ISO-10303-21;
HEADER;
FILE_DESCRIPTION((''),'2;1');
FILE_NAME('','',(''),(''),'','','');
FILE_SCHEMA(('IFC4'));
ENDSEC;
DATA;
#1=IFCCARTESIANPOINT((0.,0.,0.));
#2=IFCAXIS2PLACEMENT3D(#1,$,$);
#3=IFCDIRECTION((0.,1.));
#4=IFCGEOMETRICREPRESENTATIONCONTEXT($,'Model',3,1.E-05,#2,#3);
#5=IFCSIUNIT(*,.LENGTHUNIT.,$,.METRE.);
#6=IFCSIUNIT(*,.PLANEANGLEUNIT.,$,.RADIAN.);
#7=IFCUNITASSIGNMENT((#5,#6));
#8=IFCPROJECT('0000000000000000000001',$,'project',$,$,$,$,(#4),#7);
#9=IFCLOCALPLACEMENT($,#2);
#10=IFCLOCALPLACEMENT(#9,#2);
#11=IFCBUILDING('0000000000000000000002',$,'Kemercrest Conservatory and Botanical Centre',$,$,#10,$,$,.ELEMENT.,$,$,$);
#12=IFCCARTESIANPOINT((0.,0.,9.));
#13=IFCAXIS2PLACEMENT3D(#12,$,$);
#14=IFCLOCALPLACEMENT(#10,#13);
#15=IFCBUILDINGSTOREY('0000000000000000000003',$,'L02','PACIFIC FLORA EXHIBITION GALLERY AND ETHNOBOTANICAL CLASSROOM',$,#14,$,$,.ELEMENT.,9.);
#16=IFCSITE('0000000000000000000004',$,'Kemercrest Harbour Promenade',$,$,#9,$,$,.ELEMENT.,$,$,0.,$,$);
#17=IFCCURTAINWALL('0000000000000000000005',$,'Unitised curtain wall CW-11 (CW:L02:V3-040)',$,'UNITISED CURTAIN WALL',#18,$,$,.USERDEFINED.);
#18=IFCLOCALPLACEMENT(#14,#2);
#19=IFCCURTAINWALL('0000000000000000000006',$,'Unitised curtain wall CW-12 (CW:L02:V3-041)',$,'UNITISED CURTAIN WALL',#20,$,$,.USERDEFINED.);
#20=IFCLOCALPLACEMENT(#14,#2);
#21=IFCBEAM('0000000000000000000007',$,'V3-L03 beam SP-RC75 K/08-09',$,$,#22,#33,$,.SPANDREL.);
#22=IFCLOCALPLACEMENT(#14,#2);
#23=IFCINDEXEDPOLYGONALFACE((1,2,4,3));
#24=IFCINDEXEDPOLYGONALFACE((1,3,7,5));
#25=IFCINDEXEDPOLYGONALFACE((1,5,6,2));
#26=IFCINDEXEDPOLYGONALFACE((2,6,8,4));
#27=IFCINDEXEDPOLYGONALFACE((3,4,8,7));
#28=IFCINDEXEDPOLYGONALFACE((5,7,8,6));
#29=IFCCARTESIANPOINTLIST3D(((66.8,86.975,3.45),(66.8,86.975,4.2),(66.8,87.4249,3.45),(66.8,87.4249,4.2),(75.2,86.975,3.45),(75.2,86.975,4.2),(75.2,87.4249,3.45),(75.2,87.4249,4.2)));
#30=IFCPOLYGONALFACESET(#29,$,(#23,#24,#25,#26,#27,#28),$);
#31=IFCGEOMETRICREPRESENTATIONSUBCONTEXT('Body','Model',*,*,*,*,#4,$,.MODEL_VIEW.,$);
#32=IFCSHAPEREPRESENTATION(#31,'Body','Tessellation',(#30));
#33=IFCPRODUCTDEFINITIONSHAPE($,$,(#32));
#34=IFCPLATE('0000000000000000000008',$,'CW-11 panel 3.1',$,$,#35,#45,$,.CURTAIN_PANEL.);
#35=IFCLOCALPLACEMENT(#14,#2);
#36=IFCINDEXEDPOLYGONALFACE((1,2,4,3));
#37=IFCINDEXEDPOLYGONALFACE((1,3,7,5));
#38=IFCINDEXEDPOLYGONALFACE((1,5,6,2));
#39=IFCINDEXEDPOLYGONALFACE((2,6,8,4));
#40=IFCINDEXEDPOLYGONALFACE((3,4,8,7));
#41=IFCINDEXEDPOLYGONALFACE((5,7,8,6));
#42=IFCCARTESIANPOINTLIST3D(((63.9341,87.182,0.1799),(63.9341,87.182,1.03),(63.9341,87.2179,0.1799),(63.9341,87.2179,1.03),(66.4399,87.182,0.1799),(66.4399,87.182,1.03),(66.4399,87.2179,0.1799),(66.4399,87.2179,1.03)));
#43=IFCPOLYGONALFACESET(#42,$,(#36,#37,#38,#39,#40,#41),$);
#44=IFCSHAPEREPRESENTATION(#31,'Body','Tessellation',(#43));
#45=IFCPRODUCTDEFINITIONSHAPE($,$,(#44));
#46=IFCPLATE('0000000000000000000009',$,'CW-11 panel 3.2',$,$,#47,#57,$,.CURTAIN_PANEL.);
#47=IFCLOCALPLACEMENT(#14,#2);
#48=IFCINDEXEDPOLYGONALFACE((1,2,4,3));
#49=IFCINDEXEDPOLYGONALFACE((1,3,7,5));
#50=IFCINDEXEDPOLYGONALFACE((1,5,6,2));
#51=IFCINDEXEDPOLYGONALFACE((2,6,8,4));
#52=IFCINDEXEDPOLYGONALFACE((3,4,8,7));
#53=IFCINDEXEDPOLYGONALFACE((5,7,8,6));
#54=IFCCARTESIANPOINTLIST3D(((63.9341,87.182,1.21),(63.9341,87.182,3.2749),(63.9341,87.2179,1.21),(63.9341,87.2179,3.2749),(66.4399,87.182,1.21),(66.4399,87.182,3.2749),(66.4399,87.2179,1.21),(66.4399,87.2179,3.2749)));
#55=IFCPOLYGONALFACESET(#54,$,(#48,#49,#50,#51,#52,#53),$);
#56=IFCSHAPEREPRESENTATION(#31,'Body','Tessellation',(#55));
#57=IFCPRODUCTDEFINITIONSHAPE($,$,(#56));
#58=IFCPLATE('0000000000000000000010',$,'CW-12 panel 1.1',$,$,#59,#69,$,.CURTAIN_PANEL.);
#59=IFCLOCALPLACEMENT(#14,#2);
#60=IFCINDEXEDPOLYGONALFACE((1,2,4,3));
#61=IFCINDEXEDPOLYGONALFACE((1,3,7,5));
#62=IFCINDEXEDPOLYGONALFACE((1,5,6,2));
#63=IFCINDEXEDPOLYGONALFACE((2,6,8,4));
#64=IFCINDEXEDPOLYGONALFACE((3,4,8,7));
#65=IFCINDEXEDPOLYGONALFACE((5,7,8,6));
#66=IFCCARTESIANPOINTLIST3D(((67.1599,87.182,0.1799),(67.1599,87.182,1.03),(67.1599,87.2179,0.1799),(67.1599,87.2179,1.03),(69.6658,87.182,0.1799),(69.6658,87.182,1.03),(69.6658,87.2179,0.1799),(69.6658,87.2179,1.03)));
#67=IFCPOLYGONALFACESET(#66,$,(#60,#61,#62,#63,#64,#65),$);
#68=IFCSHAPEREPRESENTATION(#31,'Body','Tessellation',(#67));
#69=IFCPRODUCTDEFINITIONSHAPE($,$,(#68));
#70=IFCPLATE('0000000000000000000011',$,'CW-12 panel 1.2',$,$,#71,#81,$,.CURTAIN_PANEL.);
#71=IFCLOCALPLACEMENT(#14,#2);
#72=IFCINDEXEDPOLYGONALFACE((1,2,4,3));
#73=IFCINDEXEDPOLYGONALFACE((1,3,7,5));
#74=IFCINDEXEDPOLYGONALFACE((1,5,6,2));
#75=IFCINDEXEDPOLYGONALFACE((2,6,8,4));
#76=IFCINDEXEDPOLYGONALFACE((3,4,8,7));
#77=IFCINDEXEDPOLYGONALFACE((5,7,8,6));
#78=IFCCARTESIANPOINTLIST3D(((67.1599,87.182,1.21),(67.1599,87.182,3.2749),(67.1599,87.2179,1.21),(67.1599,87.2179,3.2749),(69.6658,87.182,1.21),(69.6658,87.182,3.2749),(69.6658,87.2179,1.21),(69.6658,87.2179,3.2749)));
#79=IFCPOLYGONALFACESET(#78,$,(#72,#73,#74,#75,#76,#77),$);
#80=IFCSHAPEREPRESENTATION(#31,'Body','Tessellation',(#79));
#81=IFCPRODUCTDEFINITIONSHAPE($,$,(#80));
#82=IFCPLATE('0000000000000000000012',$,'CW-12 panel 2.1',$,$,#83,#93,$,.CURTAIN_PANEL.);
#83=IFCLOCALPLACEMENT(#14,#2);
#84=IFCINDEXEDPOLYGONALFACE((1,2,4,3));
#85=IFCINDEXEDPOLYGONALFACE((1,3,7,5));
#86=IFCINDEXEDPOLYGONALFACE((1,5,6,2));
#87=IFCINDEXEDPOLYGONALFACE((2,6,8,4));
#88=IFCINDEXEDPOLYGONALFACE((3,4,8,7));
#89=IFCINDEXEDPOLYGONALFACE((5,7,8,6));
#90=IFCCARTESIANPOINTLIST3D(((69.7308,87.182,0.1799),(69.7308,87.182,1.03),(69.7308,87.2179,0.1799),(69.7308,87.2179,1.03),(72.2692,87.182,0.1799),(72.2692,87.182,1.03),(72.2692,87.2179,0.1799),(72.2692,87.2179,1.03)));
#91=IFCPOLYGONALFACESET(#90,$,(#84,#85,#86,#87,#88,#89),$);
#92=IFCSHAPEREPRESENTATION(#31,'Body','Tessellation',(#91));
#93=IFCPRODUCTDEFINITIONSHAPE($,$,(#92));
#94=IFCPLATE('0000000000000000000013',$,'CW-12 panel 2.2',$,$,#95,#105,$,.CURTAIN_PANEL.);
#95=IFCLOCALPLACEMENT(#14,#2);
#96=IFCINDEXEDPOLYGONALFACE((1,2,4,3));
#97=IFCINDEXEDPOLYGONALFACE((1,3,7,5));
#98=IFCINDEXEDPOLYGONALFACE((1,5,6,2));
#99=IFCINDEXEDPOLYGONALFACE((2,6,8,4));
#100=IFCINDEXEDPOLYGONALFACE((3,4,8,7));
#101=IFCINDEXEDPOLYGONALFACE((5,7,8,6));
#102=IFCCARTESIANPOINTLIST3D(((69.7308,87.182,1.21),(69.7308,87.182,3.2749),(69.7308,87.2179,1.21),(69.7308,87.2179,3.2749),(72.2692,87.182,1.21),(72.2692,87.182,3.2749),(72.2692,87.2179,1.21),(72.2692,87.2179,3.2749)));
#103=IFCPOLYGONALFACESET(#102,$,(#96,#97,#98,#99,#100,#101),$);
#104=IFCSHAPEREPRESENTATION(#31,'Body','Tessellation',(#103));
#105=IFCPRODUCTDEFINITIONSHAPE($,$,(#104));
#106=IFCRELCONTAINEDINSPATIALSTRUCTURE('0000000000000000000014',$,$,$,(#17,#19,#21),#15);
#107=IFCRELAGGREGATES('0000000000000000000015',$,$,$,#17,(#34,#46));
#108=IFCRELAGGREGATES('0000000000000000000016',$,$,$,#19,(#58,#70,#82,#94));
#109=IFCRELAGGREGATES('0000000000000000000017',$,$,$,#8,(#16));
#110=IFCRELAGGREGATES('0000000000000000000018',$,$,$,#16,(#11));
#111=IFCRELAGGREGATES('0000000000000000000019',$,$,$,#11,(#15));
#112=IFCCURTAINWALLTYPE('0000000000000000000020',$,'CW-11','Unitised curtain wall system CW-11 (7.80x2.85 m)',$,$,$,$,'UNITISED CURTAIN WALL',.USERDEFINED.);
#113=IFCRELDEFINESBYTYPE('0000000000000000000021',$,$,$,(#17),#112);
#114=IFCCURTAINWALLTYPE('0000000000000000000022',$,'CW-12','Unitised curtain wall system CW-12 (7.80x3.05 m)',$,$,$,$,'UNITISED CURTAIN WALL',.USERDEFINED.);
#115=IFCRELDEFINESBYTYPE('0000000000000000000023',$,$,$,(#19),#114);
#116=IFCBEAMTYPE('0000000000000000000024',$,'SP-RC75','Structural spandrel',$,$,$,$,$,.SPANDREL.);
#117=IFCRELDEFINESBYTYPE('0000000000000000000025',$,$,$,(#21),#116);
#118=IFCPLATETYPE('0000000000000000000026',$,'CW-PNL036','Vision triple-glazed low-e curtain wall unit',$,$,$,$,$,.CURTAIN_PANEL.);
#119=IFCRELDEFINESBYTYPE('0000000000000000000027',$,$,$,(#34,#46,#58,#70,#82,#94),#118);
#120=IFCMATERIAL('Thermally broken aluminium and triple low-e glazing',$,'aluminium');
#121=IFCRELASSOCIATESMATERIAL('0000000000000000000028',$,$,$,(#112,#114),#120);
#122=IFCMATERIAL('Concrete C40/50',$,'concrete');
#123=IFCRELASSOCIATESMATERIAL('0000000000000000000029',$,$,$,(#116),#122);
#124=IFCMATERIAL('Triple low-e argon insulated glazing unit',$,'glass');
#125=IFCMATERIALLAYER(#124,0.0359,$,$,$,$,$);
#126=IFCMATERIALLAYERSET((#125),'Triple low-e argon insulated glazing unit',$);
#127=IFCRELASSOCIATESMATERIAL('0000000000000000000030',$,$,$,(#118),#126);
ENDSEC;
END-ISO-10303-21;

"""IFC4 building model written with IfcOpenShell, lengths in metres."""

from ifc_helpers import new_model, si_unit, direction, frame, origin, origin_2d, place, context, subcontext, project, spatial, rectangle, extrude, material, layer, layer_set, material_profile, profile_set, type_object, element, aggregate, save


model = new_model("IFC4")

# Units and contexts
model_context = context("Model", 3, precision=1e-05, world=origin(), true_north=direction((0.0, 1.0)))
body_context = subcontext(model_context, "Body", "Model", "MODEL_VIEW")
ifc_project = project(units=[si_unit("LENGTHUNIT", "METRE"), si_unit("PLANEANGLEUNIT", "RADIAN")], contexts=[model_context])

# Site, building, storey
site_placement = place(None, origin())
site = spatial("IfcSite", under=ifc_project, at=site_placement, Name="Kemercrest Harbour Promenade", CompositionType="ELEMENT", RefElevation=0.0)
building_placement = place(site_placement, origin())
building = spatial("IfcBuilding", under=site, at=building_placement, Name="Kemercrest Conservatory and Botanical Centre", CompositionType="ELEMENT")
storey_placement = place(building_placement, frame((0.0, 0.0, 9.0)))
storey = spatial("IfcBuildingStorey", under=building, at=storey_placement, Name="L02", Description="PACIFIC FLORA EXHIBITION GALLERY AND ETHNOBOTANICAL CLASSROOM", CompositionType="ELEMENT", Elevation=9.0)

# Shared definitions
ifc_material_1 = material(Name="Concrete C40/50", Category="concrete")

# Curtain wall
ifc_material_2 = material(Name="Thermally broken aluminium and triple low-e glazing", Category="aluminium")
curtain_wall_type_1 = type_object("IfcCurtainWallType", Name="CW-11", Description="Unitised curtain wall system CW-11 (7.80x2.85 m)", ElementType="UNITISED CURTAIN WALL", PredefinedType="USERDEFINED", material=ifc_material_2)
curtain_wall_1_placement = place(storey_placement, origin())
curtain_wall_1 = element("IfcCurtainWall", 1, at=curtain_wall_1_placement, inside=storey, type_object=curtain_wall_type_1, Name="Unitised curtain wall CW-11 (CW:L02:V3-040)", ObjectType="UNITISED CURTAIN WALL", PredefinedType="USERDEFINED")

# Curtain wall
curtain_wall_type_2 = type_object("IfcCurtainWallType", Name="CW-12", Description="Unitised curtain wall system CW-12 (7.80x3.05 m)", ElementType="UNITISED CURTAIN WALL", PredefinedType="USERDEFINED", material=ifc_material_2)
curtain_wall_2_placement = place(storey_placement, origin())
curtain_wall_2 = element("IfcCurtainWall", 2, at=curtain_wall_2_placement, inside=storey, type_object=curtain_wall_type_2, Name="Unitised curtain wall CW-12 (CW:L02:V3-041)", ObjectType="UNITISED CURTAIN WALL", PredefinedType="USERDEFINED")

# Beam
ifc_material_profile_1 = material_profile(ifc_material_1, rectangle(XDim=0.45, YDim=0.75, at=origin_2d()), Name="RC 450x750")
ifc_profile_set_1 = profile_set([ifc_material_profile_1], Name="Concrete C40/50")
beam_type_1 = type_object("IfcBeamType", Name="SP-RC75", Description="Structural spandrel", PredefinedType="SPANDREL", material=ifc_profile_set_1)
beam_1_placement = place(storey_placement, frame((66.8, 87.2, 3.825), z_axis=(1.0, 0.0, 0.0), x_axis=(0.0, 1.0, 0.0)))
element("IfcBeam", 3, at=beam_1_placement, inside=storey, type_object=beam_type_1, Name="V3-L03 beam SP-RC75 K/08-09", PredefinedType="SPANDREL", context=body_context, shape_type="SweptSolid", body=[
    extrude(rectangle(XDim=0.45, YDim=0.75, at=origin_2d()), origin(), (0.0, 0.0, 1.0), 8.3999),
])

# Plates
ifc_material_3 = material(Name="Triple low-e argon insulated glazing unit", Category="glass")
ifc_layer = layer(ifc_material_3, 0.0359)
ifc_layer_set = layer_set([ifc_layer], Name="Triple low-e argon insulated glazing unit")
plate_type = type_object("IfcPlateType", Name="CW-PNL036", Description="Vision triple-glazed low-e curtain wall unit", PredefinedType="CURTAIN_PANEL", material=ifc_layer_set)
plate_1_placement = place(storey_placement, frame((65.187, 87.2, 0.1799), z_axis=(0.0, 0.0, 1.0), x_axis=(1.0, 0.0, 0.0)))
plate_1 = element("IfcPlate", 4, at=plate_1_placement, type_object=plate_type, Name="CW-11 panel 3.1", PredefinedType="CURTAIN_PANEL", context=body_context, shape_type="SweptSolid", body=[
    extrude(rectangle(XDim=2.5059, YDim=0.0359, at=origin_2d()), origin(), (0.0, 0.0, 1.0), 0.8501),
])
plate_2_placement = place(storey_placement, frame((65.187, 87.2, 1.21), z_axis=(0.0, 0.0, 1.0), x_axis=(1.0, 0.0, 0.0)))
plate_2 = element("IfcPlate", 5, at=plate_2_placement, type_object=plate_type, Name="CW-11 panel 3.2", PredefinedType="CURTAIN_PANEL", context=body_context, shape_type="SweptSolid", body=[
    extrude(rectangle(XDim=2.5059, YDim=0.0359, at=origin_2d()), origin(), (0.0, 0.0, 1.0), 2.0649),
])
aggregate(curtain_wall_1, [plate_1, plate_2])
plate_3_placement = place(storey_placement, frame((68.4128, 87.2, 0.1799), z_axis=(0.0, 0.0, 1.0), x_axis=(1.0, 0.0, 0.0)))
plate_3 = element("IfcPlate", 6, at=plate_3_placement, type_object=plate_type, Name="CW-12 panel 1.1", PredefinedType="CURTAIN_PANEL", context=body_context, shape_type="SweptSolid", body=[
    extrude(rectangle(XDim=2.5059, YDim=0.0359, at=origin_2d()), origin(), (0.0, 0.0, 1.0), 0.8501),
])
plate_4_placement = place(storey_placement, frame((68.4128, 87.2, 1.21), z_axis=(0.0, 0.0, 1.0), x_axis=(1.0, 0.0, 0.0)))
plate_4 = element("IfcPlate", 7, at=plate_4_placement, type_object=plate_type, Name="CW-12 panel 1.2", PredefinedType="CURTAIN_PANEL", context=body_context, shape_type="SweptSolid", body=[
    extrude(rectangle(XDim=2.5059, YDim=0.0359, at=origin_2d()), origin(), (0.0, 0.0, 1.0), 2.0649),
])
plate_5_placement = place(storey_placement, frame((71.0, 87.2, 0.1799), z_axis=(0.0, 0.0, 1.0), x_axis=(1.0, 0.0, 0.0)))
plate_5 = element("IfcPlate", 8, at=plate_5_placement, type_object=plate_type, Name="CW-12 panel 2.1", PredefinedType="CURTAIN_PANEL", context=body_context, shape_type="SweptSolid", body=[
    extrude(rectangle(XDim=2.5383, YDim=0.0359, at=origin_2d()), origin(), (0.0, 0.0, 1.0), 0.8501),
])
plate_6_placement = place(storey_placement, frame((71.0, 87.2, 1.21), z_axis=(0.0, 0.0, 1.0), x_axis=(1.0, 0.0, 0.0)))
plate_6 = element("IfcPlate", 9, at=plate_6_placement, type_object=plate_type, Name="CW-12 panel 2.2", PredefinedType="CURTAIN_PANEL", context=body_context, shape_type="SweptSolid", body=[
    extrude(rectangle(XDim=2.5383, YDim=0.0359, at=origin_2d()), origin(), (0.0, 0.0, 1.0), 2.0649),
])
aggregate(curtain_wall_2, [plate_3, plate_4, plate_5, plate_6])

save(model, "model.ifc")
